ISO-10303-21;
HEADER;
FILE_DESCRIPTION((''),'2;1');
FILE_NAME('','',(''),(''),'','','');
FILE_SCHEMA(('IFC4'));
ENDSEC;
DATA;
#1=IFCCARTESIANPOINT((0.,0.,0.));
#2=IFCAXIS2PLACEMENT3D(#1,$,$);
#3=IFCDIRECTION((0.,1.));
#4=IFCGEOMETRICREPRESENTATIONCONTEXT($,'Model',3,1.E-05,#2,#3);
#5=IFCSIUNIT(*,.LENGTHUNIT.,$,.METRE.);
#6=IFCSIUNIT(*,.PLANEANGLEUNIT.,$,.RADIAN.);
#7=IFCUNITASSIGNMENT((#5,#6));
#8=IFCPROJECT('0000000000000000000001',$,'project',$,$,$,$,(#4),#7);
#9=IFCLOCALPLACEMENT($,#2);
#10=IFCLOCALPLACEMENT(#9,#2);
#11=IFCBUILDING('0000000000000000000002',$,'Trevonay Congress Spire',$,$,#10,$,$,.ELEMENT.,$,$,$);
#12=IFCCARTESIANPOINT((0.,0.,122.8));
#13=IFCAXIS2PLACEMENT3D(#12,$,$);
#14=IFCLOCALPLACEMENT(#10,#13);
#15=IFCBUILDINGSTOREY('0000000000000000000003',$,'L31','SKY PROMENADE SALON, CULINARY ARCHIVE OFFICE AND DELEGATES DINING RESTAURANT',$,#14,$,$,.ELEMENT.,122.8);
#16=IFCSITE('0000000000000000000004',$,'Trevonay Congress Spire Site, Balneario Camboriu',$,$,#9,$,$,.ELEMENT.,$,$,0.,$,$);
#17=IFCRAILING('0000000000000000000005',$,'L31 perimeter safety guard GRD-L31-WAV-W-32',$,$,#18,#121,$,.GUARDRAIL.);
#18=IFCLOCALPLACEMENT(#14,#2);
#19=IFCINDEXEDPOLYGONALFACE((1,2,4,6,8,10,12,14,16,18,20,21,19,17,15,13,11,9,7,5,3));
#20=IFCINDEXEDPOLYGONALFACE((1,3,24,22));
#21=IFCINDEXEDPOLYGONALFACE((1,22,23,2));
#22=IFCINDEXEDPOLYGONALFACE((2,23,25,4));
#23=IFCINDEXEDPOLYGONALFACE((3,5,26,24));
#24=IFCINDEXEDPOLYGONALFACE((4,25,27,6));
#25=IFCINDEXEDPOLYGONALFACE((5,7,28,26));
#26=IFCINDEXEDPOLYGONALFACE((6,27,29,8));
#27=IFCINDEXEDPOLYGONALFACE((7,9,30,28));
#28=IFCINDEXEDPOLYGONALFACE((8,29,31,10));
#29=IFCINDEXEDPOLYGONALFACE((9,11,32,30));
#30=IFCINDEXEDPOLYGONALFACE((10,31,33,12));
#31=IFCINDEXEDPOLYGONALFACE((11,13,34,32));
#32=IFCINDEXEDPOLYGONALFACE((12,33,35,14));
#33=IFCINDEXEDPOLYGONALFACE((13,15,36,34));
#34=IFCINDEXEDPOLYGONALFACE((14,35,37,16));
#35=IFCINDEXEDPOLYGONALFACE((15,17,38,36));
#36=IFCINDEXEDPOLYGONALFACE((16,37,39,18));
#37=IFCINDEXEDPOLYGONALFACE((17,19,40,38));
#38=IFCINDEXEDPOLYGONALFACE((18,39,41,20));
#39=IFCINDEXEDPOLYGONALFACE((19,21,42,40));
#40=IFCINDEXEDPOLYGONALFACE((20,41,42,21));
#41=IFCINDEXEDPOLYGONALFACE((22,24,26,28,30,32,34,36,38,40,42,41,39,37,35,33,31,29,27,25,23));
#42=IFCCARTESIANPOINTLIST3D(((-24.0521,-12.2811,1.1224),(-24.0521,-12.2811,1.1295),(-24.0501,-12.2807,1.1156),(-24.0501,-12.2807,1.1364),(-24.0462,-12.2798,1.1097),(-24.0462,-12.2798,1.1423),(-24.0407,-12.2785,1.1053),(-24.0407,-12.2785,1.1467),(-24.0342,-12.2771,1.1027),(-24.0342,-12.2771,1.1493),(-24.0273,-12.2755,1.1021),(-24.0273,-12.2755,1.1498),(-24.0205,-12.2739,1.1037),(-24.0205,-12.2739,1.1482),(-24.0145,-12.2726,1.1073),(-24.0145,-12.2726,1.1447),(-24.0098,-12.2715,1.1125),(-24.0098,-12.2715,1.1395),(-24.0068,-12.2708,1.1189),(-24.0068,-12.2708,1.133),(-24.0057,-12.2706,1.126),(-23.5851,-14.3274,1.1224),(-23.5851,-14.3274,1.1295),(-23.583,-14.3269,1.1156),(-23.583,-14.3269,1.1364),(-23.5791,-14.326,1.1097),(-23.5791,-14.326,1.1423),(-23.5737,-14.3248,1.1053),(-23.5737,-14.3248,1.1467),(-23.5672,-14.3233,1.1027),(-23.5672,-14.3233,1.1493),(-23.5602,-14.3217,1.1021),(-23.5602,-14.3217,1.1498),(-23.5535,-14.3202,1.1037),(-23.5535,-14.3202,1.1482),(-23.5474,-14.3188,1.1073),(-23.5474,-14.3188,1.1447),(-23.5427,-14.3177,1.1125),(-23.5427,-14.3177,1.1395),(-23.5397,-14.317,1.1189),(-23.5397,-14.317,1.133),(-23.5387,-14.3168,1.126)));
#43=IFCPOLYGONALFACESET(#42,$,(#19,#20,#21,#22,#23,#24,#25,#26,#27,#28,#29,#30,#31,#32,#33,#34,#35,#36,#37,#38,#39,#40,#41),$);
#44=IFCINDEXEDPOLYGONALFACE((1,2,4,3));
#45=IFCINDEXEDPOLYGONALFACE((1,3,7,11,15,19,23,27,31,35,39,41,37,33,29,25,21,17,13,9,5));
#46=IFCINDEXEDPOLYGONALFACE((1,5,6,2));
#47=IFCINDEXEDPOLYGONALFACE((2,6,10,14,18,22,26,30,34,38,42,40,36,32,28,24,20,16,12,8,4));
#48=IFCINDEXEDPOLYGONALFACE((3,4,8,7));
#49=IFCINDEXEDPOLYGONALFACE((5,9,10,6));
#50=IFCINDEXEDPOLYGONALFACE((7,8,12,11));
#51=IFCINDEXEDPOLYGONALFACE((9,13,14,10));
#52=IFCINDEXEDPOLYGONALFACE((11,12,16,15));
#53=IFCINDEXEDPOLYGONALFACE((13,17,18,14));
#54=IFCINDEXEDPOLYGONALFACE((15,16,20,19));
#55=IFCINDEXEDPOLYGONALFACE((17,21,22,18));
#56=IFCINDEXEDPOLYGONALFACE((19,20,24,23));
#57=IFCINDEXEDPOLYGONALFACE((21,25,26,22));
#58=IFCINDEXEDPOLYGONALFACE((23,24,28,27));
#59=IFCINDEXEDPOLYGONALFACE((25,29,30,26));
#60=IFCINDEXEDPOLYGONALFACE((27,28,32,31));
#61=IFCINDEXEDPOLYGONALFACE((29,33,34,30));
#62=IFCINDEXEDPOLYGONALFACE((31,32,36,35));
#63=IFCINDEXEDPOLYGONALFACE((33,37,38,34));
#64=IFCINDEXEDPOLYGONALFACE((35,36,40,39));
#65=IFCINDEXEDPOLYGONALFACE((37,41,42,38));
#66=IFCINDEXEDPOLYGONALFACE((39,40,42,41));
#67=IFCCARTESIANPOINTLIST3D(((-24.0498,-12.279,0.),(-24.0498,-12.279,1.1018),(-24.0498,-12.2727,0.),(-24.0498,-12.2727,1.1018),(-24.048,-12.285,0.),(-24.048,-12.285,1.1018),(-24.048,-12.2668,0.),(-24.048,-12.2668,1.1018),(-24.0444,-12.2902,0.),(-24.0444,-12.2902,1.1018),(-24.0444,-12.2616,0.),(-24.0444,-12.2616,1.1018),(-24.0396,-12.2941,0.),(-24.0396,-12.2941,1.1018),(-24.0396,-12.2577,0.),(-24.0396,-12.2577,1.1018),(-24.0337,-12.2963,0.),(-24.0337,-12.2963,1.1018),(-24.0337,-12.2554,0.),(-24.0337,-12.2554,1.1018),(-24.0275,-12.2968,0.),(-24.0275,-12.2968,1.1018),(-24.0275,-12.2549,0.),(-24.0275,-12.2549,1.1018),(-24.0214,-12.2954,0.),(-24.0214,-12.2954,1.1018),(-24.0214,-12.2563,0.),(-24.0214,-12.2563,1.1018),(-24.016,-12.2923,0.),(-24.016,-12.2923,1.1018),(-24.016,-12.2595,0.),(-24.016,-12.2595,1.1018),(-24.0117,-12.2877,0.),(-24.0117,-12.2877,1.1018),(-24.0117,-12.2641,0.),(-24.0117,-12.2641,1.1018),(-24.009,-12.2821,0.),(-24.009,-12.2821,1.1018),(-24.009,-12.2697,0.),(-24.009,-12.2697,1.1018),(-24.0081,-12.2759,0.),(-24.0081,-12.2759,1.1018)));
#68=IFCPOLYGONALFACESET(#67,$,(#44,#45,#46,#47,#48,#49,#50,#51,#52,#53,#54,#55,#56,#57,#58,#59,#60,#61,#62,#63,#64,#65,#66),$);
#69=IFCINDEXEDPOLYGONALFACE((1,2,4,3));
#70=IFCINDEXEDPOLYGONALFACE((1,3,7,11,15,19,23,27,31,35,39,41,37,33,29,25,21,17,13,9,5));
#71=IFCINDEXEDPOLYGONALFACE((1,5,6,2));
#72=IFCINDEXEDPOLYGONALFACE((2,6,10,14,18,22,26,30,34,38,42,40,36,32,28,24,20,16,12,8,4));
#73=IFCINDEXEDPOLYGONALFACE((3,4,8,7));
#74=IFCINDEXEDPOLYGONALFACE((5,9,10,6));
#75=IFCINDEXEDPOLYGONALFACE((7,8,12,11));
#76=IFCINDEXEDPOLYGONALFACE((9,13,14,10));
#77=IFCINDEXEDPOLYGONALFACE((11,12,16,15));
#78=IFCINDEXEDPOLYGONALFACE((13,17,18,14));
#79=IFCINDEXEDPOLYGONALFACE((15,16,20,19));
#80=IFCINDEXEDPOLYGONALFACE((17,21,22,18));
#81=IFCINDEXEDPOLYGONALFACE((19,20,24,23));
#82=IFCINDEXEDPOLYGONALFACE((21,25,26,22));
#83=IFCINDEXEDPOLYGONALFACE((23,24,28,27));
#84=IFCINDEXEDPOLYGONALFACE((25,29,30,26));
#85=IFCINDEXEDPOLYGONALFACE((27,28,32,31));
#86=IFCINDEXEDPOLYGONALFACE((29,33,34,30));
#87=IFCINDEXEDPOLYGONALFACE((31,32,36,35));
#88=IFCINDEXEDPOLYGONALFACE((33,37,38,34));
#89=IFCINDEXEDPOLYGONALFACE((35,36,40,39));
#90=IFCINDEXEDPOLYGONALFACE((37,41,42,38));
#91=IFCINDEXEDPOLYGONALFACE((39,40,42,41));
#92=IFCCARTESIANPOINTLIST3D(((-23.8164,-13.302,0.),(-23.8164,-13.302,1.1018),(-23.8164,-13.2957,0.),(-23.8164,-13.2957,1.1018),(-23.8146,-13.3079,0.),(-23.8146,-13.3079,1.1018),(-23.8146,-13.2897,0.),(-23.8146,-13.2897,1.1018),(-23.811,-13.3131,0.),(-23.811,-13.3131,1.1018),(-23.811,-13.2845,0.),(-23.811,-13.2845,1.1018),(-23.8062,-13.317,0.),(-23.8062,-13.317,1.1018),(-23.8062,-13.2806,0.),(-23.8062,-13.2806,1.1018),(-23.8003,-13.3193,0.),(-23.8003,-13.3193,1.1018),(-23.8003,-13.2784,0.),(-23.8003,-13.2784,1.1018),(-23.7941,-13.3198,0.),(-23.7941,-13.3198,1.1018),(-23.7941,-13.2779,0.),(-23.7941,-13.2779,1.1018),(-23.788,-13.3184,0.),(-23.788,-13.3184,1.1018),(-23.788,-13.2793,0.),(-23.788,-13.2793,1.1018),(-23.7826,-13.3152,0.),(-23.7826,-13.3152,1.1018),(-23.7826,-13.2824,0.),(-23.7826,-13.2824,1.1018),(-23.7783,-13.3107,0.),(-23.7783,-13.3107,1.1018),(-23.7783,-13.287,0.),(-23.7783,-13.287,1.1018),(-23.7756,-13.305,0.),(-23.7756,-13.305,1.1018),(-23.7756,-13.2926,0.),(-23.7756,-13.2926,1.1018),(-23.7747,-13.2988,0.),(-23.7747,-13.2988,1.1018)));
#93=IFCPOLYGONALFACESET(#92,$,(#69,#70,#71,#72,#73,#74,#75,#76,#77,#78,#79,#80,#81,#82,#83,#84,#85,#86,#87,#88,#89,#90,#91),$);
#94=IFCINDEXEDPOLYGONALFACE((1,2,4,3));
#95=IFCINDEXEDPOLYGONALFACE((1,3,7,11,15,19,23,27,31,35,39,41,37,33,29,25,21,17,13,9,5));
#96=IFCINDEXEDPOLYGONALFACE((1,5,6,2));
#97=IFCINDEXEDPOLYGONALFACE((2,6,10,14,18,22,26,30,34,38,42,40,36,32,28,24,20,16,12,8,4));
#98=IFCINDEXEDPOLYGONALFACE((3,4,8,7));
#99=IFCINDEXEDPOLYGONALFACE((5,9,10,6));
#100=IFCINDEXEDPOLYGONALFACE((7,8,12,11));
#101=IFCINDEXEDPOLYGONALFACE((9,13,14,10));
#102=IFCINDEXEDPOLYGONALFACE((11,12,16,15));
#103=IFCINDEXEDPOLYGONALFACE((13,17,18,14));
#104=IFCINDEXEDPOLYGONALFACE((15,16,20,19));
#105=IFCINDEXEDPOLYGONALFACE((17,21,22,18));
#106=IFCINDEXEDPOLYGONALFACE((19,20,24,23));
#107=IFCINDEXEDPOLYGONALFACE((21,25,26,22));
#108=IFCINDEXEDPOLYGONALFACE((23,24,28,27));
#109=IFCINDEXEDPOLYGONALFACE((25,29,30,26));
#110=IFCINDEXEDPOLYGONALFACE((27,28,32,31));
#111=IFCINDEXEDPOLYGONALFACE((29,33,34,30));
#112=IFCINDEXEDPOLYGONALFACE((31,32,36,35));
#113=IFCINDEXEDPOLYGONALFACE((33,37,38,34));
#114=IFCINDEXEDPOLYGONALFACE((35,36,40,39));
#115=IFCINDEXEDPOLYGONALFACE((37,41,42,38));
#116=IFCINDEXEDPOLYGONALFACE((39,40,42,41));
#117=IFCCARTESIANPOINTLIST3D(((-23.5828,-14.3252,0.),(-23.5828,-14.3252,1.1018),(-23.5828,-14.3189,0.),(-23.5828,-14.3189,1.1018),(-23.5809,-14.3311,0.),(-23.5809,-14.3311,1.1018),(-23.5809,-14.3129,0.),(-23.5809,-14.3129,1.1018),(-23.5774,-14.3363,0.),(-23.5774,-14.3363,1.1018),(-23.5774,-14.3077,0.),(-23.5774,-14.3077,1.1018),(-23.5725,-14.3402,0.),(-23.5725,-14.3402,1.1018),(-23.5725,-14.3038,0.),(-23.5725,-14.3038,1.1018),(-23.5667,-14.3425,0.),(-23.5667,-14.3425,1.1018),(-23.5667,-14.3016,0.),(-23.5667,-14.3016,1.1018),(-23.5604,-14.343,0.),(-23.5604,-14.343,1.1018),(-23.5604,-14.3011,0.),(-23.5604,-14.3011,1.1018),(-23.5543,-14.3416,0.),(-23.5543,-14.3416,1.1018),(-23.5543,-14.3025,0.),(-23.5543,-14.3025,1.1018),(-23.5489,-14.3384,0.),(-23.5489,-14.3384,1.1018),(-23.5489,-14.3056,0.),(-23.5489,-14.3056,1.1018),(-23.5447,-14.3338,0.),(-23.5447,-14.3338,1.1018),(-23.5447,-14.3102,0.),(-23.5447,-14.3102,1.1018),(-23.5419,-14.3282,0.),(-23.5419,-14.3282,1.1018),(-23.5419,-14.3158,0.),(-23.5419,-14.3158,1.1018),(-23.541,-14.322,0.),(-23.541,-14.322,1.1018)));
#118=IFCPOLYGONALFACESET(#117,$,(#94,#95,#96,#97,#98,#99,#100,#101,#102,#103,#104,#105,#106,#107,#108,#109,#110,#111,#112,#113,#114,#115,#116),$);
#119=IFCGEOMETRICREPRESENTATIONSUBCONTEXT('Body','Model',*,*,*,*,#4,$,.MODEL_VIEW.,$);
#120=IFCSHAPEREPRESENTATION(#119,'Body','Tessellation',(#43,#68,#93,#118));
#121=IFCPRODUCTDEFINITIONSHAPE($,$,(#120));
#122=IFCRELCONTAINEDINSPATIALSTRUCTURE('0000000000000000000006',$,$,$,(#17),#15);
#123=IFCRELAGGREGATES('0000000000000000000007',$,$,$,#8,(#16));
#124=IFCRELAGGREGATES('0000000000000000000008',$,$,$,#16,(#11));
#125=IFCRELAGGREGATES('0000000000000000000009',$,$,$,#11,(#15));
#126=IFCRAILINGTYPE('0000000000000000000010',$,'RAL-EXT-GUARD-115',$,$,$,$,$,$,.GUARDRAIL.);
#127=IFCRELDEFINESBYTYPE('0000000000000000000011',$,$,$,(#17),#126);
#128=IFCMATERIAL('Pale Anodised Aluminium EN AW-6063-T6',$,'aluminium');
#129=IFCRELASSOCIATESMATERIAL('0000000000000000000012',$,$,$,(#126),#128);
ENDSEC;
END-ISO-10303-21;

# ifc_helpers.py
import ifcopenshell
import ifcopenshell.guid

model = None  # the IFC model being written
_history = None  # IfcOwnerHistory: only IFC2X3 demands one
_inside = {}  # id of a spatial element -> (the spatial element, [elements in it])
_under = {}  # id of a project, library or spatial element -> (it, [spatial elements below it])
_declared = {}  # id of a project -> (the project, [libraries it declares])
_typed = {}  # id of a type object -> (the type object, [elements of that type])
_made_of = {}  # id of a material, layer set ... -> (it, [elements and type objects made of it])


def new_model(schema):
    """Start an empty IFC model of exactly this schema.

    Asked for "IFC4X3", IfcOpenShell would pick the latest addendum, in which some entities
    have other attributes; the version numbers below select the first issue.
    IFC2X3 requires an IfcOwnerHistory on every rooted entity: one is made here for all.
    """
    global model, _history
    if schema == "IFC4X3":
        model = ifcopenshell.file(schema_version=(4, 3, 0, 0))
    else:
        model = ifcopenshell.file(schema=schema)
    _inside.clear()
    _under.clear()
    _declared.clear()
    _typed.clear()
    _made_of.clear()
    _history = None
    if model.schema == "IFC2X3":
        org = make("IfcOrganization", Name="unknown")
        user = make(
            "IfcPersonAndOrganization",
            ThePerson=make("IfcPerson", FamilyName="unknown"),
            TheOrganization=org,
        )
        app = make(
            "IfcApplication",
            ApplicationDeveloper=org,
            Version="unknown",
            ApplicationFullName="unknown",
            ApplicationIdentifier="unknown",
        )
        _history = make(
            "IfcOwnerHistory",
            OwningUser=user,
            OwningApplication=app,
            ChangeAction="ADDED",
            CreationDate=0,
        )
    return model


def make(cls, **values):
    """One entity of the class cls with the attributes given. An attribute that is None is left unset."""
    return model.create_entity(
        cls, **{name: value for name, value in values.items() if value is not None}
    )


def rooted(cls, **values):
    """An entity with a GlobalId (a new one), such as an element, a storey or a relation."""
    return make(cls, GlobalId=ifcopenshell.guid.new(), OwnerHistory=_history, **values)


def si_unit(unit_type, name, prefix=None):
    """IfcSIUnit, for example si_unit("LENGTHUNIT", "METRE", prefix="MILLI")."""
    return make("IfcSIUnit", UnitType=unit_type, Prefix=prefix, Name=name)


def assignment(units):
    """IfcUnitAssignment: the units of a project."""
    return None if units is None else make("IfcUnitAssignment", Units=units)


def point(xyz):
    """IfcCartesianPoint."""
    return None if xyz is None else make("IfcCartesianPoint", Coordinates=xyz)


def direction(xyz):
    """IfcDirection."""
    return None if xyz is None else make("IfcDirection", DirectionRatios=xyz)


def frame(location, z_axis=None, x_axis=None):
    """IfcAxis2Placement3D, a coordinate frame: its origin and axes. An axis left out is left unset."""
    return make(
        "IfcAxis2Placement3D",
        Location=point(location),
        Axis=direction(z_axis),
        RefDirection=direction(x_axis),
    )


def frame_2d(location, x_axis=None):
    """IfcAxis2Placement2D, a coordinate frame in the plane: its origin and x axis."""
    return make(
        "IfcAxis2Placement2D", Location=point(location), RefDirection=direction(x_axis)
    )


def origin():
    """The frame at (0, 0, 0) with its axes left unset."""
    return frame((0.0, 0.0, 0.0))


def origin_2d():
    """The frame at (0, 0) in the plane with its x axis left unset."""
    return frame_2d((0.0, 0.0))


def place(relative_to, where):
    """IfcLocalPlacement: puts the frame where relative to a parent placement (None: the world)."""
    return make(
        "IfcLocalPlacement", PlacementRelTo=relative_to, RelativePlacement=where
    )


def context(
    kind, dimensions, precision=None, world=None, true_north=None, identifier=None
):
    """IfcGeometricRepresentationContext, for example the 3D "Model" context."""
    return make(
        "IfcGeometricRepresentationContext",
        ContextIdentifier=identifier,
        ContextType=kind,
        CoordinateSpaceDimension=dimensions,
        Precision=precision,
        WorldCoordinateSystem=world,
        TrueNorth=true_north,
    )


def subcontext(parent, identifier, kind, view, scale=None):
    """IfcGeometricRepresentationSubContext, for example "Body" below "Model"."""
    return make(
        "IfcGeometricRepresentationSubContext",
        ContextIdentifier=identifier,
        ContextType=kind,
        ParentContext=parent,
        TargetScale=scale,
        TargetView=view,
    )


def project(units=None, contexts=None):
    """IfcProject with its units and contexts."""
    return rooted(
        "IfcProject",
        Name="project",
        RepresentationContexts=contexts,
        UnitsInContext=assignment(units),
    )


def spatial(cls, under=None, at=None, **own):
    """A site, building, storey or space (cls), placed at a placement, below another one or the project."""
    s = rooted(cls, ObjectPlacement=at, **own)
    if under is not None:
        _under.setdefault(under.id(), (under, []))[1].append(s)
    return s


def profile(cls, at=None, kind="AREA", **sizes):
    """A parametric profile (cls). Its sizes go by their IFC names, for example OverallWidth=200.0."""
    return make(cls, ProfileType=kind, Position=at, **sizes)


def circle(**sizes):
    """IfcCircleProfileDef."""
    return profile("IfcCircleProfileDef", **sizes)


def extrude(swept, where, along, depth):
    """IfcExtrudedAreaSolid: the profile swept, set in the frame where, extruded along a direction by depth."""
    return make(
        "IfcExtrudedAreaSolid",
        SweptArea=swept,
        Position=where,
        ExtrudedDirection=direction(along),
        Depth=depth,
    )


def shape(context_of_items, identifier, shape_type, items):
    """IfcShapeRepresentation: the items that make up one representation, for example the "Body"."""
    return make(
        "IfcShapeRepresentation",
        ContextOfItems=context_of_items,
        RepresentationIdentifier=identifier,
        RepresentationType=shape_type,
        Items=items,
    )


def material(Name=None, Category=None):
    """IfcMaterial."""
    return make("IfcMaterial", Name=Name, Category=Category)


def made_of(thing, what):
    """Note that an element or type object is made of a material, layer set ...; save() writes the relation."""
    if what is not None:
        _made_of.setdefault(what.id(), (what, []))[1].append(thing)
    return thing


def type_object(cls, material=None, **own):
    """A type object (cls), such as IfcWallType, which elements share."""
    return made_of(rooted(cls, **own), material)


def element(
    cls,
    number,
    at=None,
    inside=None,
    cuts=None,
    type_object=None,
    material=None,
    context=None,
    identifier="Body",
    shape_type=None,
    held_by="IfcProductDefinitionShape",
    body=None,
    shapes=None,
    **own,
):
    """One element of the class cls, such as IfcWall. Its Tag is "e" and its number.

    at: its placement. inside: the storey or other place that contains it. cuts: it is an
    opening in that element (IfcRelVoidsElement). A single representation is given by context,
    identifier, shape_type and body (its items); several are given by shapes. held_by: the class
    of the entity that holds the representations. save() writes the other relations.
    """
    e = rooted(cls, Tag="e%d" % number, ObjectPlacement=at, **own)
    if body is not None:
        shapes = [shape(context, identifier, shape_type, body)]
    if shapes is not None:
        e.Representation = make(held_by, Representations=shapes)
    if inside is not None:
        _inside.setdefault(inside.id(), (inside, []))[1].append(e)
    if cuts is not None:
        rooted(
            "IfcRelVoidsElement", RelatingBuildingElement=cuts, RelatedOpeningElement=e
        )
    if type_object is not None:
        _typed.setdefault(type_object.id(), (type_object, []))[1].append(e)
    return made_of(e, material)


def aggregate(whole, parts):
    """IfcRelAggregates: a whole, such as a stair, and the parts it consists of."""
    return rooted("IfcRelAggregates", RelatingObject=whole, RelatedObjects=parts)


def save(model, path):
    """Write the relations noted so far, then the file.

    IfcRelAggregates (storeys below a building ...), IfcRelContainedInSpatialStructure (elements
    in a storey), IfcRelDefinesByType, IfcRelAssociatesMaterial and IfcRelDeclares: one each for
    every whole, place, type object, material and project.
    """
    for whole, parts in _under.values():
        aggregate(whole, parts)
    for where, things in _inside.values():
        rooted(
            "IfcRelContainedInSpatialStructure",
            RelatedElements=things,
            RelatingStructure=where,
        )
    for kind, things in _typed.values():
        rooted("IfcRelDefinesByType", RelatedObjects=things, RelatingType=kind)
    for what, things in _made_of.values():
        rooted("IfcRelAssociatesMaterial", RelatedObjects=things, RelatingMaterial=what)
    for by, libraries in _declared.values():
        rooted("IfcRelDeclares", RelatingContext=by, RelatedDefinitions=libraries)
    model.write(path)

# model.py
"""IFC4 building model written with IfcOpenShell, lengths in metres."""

from ifc_helpers import new_model, si_unit, direction, frame, origin, origin_2d, place, context, subcontext, project, spatial, circle, extrude, material, type_object, element, save


model = new_model("IFC4")

# Units and contexts
model_context = context("Model", 3, precision=1e-05, world=origin(), true_north=direction((0.0, 1.0)))
body_context = subcontext(model_context, "Body", "Model", "MODEL_VIEW")
ifc_project = project(units=[si_unit("LENGTHUNIT", "METRE"), si_unit("PLANEANGLEUNIT", "RADIAN")], contexts=[model_context])

# Site, building, storey
site_placement = place(None, origin())
site = spatial("IfcSite", under=ifc_project, at=site_placement, Name="Trevonay Congress Spire Site, Balneario Camboriu", CompositionType="ELEMENT", RefElevation=0.0)
building_placement = place(site_placement, origin())
building = spatial("IfcBuilding", under=site, at=building_placement, Name="Trevonay Congress Spire", CompositionType="ELEMENT")
storey_placement = place(building_placement, frame((0.0, 0.0, 122.8)))
storey = spatial("IfcBuildingStorey", under=building, at=storey_placement, Name="L31", Description="SKY PROMENADE SALON, CULINARY ARCHIVE OFFICE AND DELEGATES DINING RESTAURANT", CompositionType="ELEMENT", Elevation=122.8)

# Shared definitions
ifc_material_1 = material(Name="Pale Anodised Aluminium EN AW-6063-T6", Category="aluminium")

# Railing
railing_type = type_object("IfcRailingType", Name="RAL-EXT-GUARD-115", PredefinedType="GUARDRAIL", material=ifc_material_1)
railing_1_placement = place(storey_placement, frame((-24.0291, -12.2759, 0.0)))
element("IfcRailing", 1, at=railing_1_placement, inside=storey, type_object=railing_type, Name="L31 perimeter safety guard GRD-L31-WAV-W-32", PredefinedType="GUARDRAIL", context=body_context, shape_type="SweptSolid", body=[
    extrude(circle(Radius=0.0239, at=origin_2d()), frame((0.0, 0.0, 1.126), z_axis=(0.222531, -0.974926, 0.0), x_axis=(0.974926, 0.222531, 0.0)), (0.0, 0.0, 1.0), 2.0989),
    extrude(circle(Radius=0.021, at=origin_2d()), origin(), (0.0, 0.0, 1.0), 1.1018),
    extrude(circle(Radius=0.021, at=origin_2d()), frame((0.2334, -1.0229, 0.0)), (0.0, 0.0, 1.0), 1.1018),
    extrude(circle(Radius=0.021, at=origin_2d()), frame((0.467, -2.0461, 0.0)), (0.0, 0.0, 1.0), 1.1018),
])

save(model, "model.ifc")
